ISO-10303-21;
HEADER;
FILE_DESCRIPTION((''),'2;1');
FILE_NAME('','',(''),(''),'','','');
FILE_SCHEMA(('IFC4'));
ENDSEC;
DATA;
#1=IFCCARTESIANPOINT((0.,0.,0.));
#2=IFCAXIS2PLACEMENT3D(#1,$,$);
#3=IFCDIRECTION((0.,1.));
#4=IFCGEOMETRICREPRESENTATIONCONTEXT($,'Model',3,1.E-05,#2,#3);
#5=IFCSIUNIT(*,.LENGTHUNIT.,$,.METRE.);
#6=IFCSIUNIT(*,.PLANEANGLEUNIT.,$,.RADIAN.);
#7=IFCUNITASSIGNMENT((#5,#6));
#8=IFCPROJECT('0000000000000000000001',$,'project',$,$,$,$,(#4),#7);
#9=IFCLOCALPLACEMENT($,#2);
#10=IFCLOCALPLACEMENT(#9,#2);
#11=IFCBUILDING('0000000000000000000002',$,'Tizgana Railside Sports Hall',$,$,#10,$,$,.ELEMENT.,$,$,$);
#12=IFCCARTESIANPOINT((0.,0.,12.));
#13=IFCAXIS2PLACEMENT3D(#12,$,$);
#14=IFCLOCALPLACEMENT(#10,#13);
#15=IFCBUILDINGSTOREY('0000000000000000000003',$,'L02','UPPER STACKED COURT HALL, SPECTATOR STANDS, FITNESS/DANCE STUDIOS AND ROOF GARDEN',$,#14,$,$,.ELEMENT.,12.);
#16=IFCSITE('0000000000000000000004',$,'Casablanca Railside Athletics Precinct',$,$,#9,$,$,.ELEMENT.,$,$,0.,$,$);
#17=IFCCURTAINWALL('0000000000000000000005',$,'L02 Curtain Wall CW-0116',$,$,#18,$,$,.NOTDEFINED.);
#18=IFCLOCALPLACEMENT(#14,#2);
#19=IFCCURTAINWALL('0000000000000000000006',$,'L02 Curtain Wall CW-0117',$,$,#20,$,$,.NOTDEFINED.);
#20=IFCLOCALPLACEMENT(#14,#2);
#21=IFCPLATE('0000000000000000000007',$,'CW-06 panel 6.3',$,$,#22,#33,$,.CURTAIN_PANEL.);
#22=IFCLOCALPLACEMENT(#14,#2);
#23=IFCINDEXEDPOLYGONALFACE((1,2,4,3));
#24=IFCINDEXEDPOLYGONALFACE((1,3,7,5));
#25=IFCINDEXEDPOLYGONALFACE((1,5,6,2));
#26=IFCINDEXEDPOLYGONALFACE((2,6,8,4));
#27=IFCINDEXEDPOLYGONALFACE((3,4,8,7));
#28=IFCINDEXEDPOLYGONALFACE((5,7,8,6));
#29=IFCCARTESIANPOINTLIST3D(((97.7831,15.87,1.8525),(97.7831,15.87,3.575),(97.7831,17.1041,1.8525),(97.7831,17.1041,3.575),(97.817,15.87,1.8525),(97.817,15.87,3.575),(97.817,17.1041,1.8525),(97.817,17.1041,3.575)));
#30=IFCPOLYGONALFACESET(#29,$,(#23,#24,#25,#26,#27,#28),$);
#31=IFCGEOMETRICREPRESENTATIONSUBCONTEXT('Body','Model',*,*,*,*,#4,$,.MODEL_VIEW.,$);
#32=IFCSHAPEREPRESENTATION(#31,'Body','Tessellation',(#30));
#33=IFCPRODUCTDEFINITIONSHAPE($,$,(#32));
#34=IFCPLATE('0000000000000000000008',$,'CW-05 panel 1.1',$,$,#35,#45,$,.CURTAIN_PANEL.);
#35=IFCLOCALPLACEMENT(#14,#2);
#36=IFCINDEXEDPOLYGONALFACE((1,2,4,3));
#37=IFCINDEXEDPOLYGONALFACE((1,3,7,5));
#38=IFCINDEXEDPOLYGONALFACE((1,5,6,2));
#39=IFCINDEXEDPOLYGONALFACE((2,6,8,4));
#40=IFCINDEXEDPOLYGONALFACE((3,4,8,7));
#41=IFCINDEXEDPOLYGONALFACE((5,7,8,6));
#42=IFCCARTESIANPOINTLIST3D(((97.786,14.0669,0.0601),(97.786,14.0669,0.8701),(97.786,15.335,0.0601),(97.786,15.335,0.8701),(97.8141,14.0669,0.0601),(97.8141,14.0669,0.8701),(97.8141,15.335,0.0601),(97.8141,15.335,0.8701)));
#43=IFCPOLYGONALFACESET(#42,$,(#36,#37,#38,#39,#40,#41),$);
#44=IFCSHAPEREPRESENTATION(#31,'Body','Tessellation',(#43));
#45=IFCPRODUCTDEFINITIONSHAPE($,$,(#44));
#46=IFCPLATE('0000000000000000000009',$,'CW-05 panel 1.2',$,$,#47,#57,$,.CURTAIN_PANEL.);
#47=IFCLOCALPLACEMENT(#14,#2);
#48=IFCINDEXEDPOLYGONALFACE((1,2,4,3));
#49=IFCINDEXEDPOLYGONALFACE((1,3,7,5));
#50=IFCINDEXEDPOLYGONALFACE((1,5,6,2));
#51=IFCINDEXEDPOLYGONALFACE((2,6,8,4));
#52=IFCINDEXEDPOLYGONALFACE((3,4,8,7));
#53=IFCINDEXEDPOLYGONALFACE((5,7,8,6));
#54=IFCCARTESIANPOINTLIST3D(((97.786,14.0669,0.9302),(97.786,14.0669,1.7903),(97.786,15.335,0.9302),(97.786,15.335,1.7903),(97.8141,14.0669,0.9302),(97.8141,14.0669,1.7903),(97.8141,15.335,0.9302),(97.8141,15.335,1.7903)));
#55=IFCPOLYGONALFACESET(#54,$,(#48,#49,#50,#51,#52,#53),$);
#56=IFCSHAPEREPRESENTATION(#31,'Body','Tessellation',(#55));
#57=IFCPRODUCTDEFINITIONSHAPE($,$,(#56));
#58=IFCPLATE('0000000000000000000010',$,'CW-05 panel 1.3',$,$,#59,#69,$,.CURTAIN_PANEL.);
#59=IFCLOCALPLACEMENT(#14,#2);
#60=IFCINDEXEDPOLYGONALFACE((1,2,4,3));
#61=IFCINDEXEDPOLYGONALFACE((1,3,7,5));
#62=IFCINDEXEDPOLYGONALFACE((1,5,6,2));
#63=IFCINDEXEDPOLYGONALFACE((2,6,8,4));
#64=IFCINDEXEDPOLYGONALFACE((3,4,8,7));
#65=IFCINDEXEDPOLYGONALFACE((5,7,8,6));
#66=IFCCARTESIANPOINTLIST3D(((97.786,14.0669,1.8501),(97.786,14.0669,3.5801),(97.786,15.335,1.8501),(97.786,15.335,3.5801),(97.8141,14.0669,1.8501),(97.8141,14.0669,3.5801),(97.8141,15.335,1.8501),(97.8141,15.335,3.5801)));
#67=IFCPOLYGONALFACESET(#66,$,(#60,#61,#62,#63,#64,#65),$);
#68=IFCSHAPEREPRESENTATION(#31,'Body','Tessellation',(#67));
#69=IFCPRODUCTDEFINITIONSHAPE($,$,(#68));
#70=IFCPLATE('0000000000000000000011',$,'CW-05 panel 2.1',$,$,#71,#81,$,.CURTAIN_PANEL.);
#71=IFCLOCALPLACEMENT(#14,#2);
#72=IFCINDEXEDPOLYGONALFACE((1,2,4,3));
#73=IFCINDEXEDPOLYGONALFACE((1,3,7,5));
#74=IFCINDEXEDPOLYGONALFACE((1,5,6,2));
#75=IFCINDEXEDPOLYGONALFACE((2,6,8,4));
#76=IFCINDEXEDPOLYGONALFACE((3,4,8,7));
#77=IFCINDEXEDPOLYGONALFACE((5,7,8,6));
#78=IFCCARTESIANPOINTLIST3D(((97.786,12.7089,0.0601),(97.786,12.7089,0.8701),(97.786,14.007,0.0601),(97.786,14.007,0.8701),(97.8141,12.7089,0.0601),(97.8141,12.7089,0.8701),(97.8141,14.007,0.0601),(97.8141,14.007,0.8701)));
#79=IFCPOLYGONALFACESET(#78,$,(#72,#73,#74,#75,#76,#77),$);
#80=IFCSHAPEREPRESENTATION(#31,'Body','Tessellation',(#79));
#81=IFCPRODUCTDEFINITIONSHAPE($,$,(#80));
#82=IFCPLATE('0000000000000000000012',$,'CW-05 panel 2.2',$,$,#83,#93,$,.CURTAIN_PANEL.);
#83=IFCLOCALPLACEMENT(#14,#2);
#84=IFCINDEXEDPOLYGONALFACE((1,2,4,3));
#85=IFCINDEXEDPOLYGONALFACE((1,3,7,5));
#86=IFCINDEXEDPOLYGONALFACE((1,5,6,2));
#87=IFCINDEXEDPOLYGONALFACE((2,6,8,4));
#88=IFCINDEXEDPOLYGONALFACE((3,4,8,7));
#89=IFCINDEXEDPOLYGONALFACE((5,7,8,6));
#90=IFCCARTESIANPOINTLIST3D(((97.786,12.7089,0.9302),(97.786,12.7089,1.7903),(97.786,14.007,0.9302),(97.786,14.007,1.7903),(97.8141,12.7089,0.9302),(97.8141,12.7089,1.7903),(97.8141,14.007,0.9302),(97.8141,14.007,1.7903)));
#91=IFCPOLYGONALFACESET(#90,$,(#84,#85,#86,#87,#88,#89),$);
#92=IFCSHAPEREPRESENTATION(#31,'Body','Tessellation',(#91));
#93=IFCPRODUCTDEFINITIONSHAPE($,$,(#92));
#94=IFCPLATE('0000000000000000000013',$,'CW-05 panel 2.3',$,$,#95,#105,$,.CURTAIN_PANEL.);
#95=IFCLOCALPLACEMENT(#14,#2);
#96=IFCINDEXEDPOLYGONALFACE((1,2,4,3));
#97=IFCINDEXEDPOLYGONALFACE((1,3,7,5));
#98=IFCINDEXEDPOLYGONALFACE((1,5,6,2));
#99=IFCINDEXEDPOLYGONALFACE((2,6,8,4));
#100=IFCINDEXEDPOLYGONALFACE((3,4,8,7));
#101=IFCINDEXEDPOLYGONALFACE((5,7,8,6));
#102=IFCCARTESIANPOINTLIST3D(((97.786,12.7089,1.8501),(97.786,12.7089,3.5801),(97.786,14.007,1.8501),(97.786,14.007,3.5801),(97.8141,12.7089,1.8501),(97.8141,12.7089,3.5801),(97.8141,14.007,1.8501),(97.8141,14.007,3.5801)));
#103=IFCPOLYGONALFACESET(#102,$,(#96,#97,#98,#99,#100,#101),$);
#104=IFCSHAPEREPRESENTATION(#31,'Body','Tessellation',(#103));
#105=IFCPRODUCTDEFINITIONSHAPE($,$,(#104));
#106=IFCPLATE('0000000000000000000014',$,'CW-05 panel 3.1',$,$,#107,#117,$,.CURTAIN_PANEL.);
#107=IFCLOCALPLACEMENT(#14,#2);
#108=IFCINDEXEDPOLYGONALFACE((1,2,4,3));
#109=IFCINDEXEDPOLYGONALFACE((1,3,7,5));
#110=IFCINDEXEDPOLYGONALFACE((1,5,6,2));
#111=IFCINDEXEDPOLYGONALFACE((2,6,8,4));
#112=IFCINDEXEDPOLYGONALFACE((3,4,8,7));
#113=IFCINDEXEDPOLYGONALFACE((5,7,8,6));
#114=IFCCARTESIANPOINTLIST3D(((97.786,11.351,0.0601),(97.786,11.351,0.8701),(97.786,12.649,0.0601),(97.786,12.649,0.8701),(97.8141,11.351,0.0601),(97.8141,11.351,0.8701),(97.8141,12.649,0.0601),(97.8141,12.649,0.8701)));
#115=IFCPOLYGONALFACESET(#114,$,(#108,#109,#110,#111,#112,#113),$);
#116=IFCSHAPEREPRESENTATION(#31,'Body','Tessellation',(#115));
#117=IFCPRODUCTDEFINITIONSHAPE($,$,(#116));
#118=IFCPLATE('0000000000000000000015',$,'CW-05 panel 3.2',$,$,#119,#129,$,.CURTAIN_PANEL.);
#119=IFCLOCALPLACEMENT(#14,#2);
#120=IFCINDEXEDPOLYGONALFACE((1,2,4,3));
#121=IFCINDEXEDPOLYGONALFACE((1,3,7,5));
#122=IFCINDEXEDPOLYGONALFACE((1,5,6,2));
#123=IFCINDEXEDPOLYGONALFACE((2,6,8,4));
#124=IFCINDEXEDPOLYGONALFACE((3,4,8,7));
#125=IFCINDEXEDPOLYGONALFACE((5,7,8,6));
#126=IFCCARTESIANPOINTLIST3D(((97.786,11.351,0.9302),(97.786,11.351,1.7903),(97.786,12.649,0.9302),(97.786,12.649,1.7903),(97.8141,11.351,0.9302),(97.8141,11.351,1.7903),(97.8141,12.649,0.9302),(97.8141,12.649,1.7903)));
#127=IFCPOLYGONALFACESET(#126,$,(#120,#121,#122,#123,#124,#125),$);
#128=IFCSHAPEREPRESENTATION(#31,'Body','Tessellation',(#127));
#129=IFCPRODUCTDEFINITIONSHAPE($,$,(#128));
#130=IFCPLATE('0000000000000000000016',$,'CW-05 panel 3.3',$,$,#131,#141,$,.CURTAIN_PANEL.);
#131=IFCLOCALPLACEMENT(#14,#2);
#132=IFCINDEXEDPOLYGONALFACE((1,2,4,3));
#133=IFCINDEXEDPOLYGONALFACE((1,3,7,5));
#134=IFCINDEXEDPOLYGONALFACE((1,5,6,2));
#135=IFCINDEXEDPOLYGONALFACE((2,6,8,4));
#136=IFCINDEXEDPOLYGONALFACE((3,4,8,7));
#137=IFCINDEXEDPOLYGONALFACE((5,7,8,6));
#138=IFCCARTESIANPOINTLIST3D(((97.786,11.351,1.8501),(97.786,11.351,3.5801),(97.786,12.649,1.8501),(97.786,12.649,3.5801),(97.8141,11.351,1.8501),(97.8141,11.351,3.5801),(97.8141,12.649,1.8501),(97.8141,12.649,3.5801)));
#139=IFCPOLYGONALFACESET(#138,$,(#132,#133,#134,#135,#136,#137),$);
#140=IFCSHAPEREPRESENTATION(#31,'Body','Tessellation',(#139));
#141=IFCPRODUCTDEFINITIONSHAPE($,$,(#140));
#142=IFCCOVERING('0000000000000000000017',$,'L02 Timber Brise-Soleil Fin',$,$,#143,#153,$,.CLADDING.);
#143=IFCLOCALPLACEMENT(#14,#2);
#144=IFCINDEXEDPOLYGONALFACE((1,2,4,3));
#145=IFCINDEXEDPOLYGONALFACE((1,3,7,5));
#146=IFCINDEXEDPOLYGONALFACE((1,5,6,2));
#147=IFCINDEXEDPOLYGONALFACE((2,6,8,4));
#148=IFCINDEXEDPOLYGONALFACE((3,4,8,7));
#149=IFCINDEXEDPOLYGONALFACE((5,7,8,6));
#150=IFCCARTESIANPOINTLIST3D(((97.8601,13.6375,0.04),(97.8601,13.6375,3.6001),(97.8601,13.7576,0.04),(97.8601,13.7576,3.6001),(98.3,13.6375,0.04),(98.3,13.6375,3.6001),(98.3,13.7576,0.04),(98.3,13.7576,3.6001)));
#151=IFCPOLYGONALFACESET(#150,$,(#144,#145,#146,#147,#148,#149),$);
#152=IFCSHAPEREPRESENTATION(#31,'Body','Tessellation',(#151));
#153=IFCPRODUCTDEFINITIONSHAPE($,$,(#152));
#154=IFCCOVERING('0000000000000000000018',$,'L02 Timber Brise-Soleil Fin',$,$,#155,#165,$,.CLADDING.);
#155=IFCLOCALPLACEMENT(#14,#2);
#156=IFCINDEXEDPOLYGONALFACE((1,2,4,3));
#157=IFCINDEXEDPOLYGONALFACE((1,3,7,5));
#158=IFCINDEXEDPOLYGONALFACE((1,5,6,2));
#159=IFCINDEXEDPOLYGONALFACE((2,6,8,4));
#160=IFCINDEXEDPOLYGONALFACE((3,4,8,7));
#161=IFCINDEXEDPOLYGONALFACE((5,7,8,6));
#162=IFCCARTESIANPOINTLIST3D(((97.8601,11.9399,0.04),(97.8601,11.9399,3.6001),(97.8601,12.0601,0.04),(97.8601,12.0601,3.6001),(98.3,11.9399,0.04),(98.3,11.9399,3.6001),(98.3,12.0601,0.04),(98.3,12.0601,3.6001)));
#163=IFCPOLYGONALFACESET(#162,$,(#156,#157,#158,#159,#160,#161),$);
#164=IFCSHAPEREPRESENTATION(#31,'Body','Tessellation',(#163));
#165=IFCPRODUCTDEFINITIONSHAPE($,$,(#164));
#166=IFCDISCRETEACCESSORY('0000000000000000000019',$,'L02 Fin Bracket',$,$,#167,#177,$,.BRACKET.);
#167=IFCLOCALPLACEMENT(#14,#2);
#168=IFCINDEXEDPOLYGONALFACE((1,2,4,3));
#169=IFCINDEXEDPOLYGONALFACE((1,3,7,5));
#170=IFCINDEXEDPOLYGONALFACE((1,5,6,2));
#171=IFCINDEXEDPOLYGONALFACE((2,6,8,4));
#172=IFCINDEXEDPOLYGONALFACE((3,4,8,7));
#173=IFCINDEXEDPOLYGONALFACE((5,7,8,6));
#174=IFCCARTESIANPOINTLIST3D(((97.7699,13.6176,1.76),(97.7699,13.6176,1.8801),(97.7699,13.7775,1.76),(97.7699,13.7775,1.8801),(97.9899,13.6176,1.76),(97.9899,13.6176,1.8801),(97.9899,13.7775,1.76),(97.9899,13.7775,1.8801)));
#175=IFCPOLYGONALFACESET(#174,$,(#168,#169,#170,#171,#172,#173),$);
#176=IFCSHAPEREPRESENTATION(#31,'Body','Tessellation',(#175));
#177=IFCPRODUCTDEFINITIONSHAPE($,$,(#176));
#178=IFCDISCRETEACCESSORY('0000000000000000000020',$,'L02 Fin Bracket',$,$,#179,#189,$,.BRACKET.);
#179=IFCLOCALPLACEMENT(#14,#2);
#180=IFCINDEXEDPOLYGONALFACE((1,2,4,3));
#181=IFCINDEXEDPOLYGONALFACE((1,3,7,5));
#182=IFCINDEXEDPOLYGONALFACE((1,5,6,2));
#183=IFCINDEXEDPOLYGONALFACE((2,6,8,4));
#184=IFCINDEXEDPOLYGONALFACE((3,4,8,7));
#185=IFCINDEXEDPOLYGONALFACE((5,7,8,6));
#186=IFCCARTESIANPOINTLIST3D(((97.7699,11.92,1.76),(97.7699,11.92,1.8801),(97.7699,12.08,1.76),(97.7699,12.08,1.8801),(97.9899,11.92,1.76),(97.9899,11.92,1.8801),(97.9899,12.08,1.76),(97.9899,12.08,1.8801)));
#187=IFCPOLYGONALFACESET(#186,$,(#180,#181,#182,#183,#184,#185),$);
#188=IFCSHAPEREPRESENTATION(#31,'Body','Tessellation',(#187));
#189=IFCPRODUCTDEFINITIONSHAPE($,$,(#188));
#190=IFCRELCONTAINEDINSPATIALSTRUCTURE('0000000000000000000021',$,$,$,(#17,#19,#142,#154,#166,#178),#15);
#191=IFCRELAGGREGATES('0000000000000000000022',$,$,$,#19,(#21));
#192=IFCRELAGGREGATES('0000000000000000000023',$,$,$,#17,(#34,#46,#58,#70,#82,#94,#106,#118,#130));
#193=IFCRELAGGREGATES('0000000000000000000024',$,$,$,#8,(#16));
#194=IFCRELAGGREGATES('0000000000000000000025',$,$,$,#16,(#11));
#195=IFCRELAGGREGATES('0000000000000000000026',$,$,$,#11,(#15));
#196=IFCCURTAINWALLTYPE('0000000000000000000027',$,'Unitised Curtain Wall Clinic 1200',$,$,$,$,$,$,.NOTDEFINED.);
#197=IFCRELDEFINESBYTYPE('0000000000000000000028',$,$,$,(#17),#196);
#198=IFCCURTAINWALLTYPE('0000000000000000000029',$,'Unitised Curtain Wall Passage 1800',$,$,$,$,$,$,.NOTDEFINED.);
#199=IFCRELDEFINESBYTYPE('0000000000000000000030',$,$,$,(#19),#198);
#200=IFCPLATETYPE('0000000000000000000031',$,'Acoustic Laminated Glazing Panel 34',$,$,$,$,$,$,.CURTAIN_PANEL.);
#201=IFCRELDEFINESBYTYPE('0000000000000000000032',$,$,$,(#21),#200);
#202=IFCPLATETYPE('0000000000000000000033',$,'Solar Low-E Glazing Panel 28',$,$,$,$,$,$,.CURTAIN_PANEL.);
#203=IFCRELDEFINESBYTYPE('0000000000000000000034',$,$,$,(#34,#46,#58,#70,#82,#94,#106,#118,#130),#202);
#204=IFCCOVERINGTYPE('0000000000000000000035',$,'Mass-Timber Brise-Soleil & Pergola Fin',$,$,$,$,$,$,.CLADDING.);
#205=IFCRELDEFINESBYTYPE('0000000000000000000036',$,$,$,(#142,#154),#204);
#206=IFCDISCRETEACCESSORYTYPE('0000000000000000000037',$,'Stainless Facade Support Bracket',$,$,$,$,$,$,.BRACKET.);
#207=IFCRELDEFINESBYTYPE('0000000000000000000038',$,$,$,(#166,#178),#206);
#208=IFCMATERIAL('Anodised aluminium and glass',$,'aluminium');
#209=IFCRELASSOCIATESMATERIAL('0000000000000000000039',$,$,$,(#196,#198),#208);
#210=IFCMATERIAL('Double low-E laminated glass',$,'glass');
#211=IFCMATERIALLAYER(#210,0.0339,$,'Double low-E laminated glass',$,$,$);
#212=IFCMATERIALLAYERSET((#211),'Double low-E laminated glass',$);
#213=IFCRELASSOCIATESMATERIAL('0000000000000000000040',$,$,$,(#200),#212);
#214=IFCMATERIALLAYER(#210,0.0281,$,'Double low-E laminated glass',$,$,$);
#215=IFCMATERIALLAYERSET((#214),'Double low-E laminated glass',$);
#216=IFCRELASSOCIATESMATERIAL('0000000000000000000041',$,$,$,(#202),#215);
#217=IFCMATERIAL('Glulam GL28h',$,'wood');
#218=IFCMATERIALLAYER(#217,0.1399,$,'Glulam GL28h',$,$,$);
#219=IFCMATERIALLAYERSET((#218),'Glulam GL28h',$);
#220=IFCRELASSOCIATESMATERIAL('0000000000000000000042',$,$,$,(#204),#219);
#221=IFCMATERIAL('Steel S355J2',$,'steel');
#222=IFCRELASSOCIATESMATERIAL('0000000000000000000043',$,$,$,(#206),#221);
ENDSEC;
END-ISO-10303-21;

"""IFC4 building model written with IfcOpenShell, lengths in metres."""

from ifc_helpers import new_model, si_unit, direction, frame, origin, origin_2d, place, context, subcontext, project, spatial, rectangle, extrude, material, layer, layer_set, type_object, element, aggregate, save


model = new_model("IFC4")

# Units and contexts
model_context = context("Model", 3, precision=1e-05, world=origin(), true_north=direction((0.0, 1.0)))
body_context = subcontext(model_context, "Body", "Model", "MODEL_VIEW")
ifc_project = project(units=[si_unit("LENGTHUNIT", "METRE"), si_unit("PLANEANGLEUNIT", "RADIAN")], contexts=[model_context])

# Site, building, storey
site_placement = place(None, origin())
site = spatial("IfcSite", under=ifc_project, at=site_placement, Name="Casablanca Railside Athletics Precinct", CompositionType="ELEMENT", RefElevation=0.0)
building_placement = place(site_placement, origin())
building = spatial("IfcBuilding", under=site, at=building_placement, Name="Tizgana Railside Sports Hall", CompositionType="ELEMENT")
storey_placement = place(building_placement, frame((0.0, 0.0, 12.0)))
storey = spatial("IfcBuildingStorey", under=building, at=storey_placement, Name="L02", Description="UPPER STACKED COURT HALL, SPECTATOR STANDS, FITNESS/DANCE STUDIOS AND ROOF GARDEN", CompositionType="ELEMENT", Elevation=12.0)

# Shared definitions
ifc_material_1 = material(Name="Steel S355J2", Category="steel")

# Curtain wall
ifc_material_2 = material(Name="Anodised aluminium and glass", Category="aluminium")
curtain_wall_type_1 = type_object("IfcCurtainWallType", Name="Unitised Curtain Wall Clinic 1200", PredefinedType="NOTDEFINED", material=ifc_material_2)
curtain_wall_1_placement = place(storey_placement, origin())
curtain_wall_1 = element("IfcCurtainWall", 1, at=curtain_wall_1_placement, inside=storey, type_object=curtain_wall_type_1, Name="L02 Curtain Wall CW-0116", PredefinedType="NOTDEFINED")

# Curtain wall
curtain_wall_type_2 = type_object("IfcCurtainWallType", Name="Unitised Curtain Wall Passage 1800", PredefinedType="NOTDEFINED", material=ifc_material_2)
curtain_wall_2_placement = place(storey_placement, origin())
curtain_wall_2 = element("IfcCurtainWall", 2, at=curtain_wall_2_placement, inside=storey, type_object=curtain_wall_type_2, Name="L02 Curtain Wall CW-0117", PredefinedType="NOTDEFINED")

# Plates
ifc_material_3 = material(Name="Double low-E laminated glass", Category="glass")
ifc_layer_1 = layer(ifc_material_3, 0.0339, Name="Double low-E laminated glass")
ifc_layer_set_1 = layer_set([ifc_layer_1], Name="Double low-E laminated glass")
plate_type_1 = type_object("IfcPlateType", Name="Acoustic Laminated Glazing Panel 34", PredefinedType="CURTAIN_PANEL", material=ifc_layer_set_1)
plate_1_placement = place(storey_placement, frame((97.8, 16.4871, 1.8525), z_axis=(0.0, 0.0, 1.0), x_axis=(0.0, -1.0, 0.0)))
plate_1 = element("IfcPlate", 3, at=plate_1_placement, type_object=plate_type_1, Name="CW-06 panel 6.3", PredefinedType="CURTAIN_PANEL", context=body_context, shape_type="SweptSolid", body=[
    extrude(rectangle(XDim=1.2341, YDim=0.0339, at=origin_2d()), origin(), (0.0, 0.0, 1.0), 1.7224),
])
aggregate(curtain_wall_2, [plate_1])
ifc_layer_2 = layer(ifc_material_3, 0.0281, Name="Double low-E laminated glass")
ifc_layer_set_2 = layer_set([ifc_layer_2], Name="Double low-E laminated glass")
plate_type_2 = type_object("IfcPlateType", Name="Solar Low-E Glazing Panel 28", PredefinedType="CURTAIN_PANEL", material=ifc_layer_set_2)
plate_2_placement = place(storey_placement, frame((97.8, 14.7009, 0.0601), z_axis=(0.0, 0.0, 1.0), x_axis=(0.0, -1.0, 0.0)))
plate_2 = element("IfcPlate", 4, at=plate_2_placement, type_object=plate_type_2, Name="CW-05 panel 1.1", PredefinedType="CURTAIN_PANEL", context=body_context, shape_type="SweptSolid", body=[
    extrude(rectangle(XDim=1.2681, YDim=0.0281, at=origin_2d()), origin(), (0.0, 0.0, 1.0), 0.8101),
])
plate_3_placement = place(storey_placement, frame((97.8, 14.7009, 0.9302), z_axis=(0.0, 0.0, 1.0), x_axis=(0.0, -1.0, 0.0)))
plate_3 = element("IfcPlate", 5, at=plate_3_placement, type_object=plate_type_2, Name="CW-05 panel 1.2", PredefinedType="CURTAIN_PANEL", context=body_context, shape_type="SweptSolid", body=[
    extrude(rectangle(XDim=1.2681, YDim=0.0281, at=origin_2d()), origin(), (0.0, 0.0, 1.0), 0.8601),
])
plate_4_placement = place(storey_placement, frame((97.8, 14.7009, 1.8501), z_axis=(0.0, 0.0, 1.0), x_axis=(0.0, -1.0, 0.0)))
plate_4 = element("IfcPlate", 6, at=plate_4_placement, type_object=plate_type_2, Name="CW-05 panel 1.3", PredefinedType="CURTAIN_PANEL", context=body_context, shape_type="SweptSolid", body=[
    extrude(rectangle(XDim=1.2681, YDim=0.0281, at=origin_2d()), origin(), (0.0, 0.0, 1.0), 1.73),
])
plate_5_placement = place(storey_placement, frame((97.8, 13.3579, 0.0601), z_axis=(0.0, 0.0, 1.0), x_axis=(0.0, -1.0, 0.0)))
plate_5 = element("IfcPlate", 7, at=plate_5_placement, type_object=plate_type_2, Name="CW-05 panel 2.1", PredefinedType="CURTAIN_PANEL", context=body_context, shape_type="SweptSolid", body=[
    extrude(rectangle(XDim=1.2981, YDim=0.0281, at=origin_2d()), origin(), (0.0, 0.0, 1.0), 0.8101),
])
plate_6_placement = place(storey_placement, frame((97.8, 13.3579, 0.9302), z_axis=(0.0, 0.0, 1.0), x_axis=(0.0, -1.0, 0.0)))
plate_6 = element("IfcPlate", 8, at=plate_6_placement, type_object=plate_type_2, Name="CW-05 panel 2.2", PredefinedType="CURTAIN_PANEL", context=body_context, shape_type="SweptSolid", body=[
    extrude(rectangle(XDim=1.2981, YDim=0.0281, at=origin_2d()), origin(), (0.0, 0.0, 1.0), 0.8601),
])
plate_7_placement = place(storey_placement, frame((97.8, 13.3579, 1.8501), z_axis=(0.0, 0.0, 1.0), x_axis=(0.0, -1.0, 0.0)))
plate_7 = element("IfcPlate", 9, at=plate_7_placement, type_object=plate_type_2, Name="CW-05 panel 2.3", PredefinedType="CURTAIN_PANEL", context=body_context, shape_type="SweptSolid", body=[
    extrude(rectangle(XDim=1.2981, YDim=0.0281, at=origin_2d()), origin(), (0.0, 0.0, 1.0), 1.73),
])
plate_8_placement = place(storey_placement, frame((97.8, 12.0, 0.0601), z_axis=(0.0, 0.0, 1.0), x_axis=(0.0, -1.0, 0.0)))
plate_8 = element("IfcPlate", 10, at=plate_8_placement, type_object=plate_type_2, Name="CW-05 panel 3.1", PredefinedType="CURTAIN_PANEL", context=body_context, shape_type="SweptSolid", body=[
    extrude(rectangle(XDim=1.2981, YDim=0.0281, at=origin_2d()), origin(), (0.0, 0.0, 1.0), 0.8101),
])
plate_9_placement = place(storey_placement, frame((97.8, 12.0, 0.9302), z_axis=(0.0, 0.0, 1.0), x_axis=(0.0, -1.0, 0.0)))
plate_9 = element("IfcPlate", 11, at=plate_9_placement, type_object=plate_type_2, Name="CW-05 panel 3.2", PredefinedType="CURTAIN_PANEL", context=body_context, shape_type="SweptSolid", body=[
    extrude(rectangle(XDim=1.2981, YDim=0.0281, at=origin_2d()), origin(), (0.0, 0.0, 1.0), 0.8601),
])
plate_10_placement = place(storey_placement, frame((97.8, 12.0, 1.8501), z_axis=(0.0, 0.0, 1.0), x_axis=(0.0, -1.0, 0.0)))
plate_10 = element("IfcPlate", 12, at=plate_10_placement, type_object=plate_type_2, Name="CW-05 panel 3.3", PredefinedType="CURTAIN_PANEL", context=body_context, shape_type="SweptSolid", body=[
    extrude(rectangle(XDim=1.2981, YDim=0.0281, at=origin_2d()), origin(), (0.0, 0.0, 1.0), 1.73),
])
aggregate(curtain_wall_1, [plate_2, plate_3, plate_4, plate_5, plate_6, plate_7, plate_8, plate_9, plate_10])

# Coverings
ifc_material_4 = material(Name="Glulam GL28h", Category="wood")
ifc_layer_3 = layer(ifc_material_4, 0.1399, Name="Glulam GL28h")
ifc_layer_set_3 = layer_set([ifc_layer_3], Name="Glulam GL28h")
covering_type = type_object("IfcCoveringType", Name="Mass-Timber Brise-Soleil & Pergola Fin", PredefinedType="CLADDING", material=ifc_layer_set_3)
for number, where, z_axis, x_axis, name in (
    (13, (98.0801, 13.6975, 0.04), (0.0, 0.0, 1.0), (0.0, -1.0, 0.0), "L02 Timber Brise-Soleil Fin"),
    (14, (98.0801, 12.0, 0.04), (0.0, 0.0, 1.0), (0.0, -1.0, 0.0), "L02 Timber Brise-Soleil Fin"),
):
    element("IfcCovering", number, at=place(storey_placement, frame(where, z_axis=z_axis, x_axis=x_axis)), inside=storey, type_object=covering_type, Name=name, PredefinedType="CLADDING", context=body_context, shape_type="SweptSolid", body=[
        extrude(rectangle(XDim=0.1201, YDim=0.4399, at=origin_2d()), origin(), (0.0, 0.0, 1.0), 3.5601),
    ])

# Discrete accessories
discrete_accessory_type = type_object("IfcDiscreteAccessoryType", Name="Stainless Facade Support Bracket", PredefinedType="BRACKET", material=ifc_material_1)
for number, where, z_axis, x_axis, name in (
    (15, (97.8799, 13.6975, 1.76), (0.0, 0.0, 1.0), (0.0, -1.0, 0.0), "L02 Fin Bracket"),
    (16, (97.8799, 12.0, 1.76), (0.0, 0.0, 1.0), (0.0, -1.0, 0.0), "L02 Fin Bracket"),
):
    element("IfcDiscreteAccessory", number, at=place(storey_placement, frame(where, z_axis=z_axis, x_axis=x_axis)), inside=storey, type_object=discrete_accessory_type, Name=name, PredefinedType="BRACKET", context=body_context, shape_type="SweptSolid", body=[
        extrude(rectangle(XDim=0.1599, YDim=0.22, at=origin_2d()), origin(), (0.0, 0.0, 1.0), 0.1201),
    ])

save(model, "model.ifc")
